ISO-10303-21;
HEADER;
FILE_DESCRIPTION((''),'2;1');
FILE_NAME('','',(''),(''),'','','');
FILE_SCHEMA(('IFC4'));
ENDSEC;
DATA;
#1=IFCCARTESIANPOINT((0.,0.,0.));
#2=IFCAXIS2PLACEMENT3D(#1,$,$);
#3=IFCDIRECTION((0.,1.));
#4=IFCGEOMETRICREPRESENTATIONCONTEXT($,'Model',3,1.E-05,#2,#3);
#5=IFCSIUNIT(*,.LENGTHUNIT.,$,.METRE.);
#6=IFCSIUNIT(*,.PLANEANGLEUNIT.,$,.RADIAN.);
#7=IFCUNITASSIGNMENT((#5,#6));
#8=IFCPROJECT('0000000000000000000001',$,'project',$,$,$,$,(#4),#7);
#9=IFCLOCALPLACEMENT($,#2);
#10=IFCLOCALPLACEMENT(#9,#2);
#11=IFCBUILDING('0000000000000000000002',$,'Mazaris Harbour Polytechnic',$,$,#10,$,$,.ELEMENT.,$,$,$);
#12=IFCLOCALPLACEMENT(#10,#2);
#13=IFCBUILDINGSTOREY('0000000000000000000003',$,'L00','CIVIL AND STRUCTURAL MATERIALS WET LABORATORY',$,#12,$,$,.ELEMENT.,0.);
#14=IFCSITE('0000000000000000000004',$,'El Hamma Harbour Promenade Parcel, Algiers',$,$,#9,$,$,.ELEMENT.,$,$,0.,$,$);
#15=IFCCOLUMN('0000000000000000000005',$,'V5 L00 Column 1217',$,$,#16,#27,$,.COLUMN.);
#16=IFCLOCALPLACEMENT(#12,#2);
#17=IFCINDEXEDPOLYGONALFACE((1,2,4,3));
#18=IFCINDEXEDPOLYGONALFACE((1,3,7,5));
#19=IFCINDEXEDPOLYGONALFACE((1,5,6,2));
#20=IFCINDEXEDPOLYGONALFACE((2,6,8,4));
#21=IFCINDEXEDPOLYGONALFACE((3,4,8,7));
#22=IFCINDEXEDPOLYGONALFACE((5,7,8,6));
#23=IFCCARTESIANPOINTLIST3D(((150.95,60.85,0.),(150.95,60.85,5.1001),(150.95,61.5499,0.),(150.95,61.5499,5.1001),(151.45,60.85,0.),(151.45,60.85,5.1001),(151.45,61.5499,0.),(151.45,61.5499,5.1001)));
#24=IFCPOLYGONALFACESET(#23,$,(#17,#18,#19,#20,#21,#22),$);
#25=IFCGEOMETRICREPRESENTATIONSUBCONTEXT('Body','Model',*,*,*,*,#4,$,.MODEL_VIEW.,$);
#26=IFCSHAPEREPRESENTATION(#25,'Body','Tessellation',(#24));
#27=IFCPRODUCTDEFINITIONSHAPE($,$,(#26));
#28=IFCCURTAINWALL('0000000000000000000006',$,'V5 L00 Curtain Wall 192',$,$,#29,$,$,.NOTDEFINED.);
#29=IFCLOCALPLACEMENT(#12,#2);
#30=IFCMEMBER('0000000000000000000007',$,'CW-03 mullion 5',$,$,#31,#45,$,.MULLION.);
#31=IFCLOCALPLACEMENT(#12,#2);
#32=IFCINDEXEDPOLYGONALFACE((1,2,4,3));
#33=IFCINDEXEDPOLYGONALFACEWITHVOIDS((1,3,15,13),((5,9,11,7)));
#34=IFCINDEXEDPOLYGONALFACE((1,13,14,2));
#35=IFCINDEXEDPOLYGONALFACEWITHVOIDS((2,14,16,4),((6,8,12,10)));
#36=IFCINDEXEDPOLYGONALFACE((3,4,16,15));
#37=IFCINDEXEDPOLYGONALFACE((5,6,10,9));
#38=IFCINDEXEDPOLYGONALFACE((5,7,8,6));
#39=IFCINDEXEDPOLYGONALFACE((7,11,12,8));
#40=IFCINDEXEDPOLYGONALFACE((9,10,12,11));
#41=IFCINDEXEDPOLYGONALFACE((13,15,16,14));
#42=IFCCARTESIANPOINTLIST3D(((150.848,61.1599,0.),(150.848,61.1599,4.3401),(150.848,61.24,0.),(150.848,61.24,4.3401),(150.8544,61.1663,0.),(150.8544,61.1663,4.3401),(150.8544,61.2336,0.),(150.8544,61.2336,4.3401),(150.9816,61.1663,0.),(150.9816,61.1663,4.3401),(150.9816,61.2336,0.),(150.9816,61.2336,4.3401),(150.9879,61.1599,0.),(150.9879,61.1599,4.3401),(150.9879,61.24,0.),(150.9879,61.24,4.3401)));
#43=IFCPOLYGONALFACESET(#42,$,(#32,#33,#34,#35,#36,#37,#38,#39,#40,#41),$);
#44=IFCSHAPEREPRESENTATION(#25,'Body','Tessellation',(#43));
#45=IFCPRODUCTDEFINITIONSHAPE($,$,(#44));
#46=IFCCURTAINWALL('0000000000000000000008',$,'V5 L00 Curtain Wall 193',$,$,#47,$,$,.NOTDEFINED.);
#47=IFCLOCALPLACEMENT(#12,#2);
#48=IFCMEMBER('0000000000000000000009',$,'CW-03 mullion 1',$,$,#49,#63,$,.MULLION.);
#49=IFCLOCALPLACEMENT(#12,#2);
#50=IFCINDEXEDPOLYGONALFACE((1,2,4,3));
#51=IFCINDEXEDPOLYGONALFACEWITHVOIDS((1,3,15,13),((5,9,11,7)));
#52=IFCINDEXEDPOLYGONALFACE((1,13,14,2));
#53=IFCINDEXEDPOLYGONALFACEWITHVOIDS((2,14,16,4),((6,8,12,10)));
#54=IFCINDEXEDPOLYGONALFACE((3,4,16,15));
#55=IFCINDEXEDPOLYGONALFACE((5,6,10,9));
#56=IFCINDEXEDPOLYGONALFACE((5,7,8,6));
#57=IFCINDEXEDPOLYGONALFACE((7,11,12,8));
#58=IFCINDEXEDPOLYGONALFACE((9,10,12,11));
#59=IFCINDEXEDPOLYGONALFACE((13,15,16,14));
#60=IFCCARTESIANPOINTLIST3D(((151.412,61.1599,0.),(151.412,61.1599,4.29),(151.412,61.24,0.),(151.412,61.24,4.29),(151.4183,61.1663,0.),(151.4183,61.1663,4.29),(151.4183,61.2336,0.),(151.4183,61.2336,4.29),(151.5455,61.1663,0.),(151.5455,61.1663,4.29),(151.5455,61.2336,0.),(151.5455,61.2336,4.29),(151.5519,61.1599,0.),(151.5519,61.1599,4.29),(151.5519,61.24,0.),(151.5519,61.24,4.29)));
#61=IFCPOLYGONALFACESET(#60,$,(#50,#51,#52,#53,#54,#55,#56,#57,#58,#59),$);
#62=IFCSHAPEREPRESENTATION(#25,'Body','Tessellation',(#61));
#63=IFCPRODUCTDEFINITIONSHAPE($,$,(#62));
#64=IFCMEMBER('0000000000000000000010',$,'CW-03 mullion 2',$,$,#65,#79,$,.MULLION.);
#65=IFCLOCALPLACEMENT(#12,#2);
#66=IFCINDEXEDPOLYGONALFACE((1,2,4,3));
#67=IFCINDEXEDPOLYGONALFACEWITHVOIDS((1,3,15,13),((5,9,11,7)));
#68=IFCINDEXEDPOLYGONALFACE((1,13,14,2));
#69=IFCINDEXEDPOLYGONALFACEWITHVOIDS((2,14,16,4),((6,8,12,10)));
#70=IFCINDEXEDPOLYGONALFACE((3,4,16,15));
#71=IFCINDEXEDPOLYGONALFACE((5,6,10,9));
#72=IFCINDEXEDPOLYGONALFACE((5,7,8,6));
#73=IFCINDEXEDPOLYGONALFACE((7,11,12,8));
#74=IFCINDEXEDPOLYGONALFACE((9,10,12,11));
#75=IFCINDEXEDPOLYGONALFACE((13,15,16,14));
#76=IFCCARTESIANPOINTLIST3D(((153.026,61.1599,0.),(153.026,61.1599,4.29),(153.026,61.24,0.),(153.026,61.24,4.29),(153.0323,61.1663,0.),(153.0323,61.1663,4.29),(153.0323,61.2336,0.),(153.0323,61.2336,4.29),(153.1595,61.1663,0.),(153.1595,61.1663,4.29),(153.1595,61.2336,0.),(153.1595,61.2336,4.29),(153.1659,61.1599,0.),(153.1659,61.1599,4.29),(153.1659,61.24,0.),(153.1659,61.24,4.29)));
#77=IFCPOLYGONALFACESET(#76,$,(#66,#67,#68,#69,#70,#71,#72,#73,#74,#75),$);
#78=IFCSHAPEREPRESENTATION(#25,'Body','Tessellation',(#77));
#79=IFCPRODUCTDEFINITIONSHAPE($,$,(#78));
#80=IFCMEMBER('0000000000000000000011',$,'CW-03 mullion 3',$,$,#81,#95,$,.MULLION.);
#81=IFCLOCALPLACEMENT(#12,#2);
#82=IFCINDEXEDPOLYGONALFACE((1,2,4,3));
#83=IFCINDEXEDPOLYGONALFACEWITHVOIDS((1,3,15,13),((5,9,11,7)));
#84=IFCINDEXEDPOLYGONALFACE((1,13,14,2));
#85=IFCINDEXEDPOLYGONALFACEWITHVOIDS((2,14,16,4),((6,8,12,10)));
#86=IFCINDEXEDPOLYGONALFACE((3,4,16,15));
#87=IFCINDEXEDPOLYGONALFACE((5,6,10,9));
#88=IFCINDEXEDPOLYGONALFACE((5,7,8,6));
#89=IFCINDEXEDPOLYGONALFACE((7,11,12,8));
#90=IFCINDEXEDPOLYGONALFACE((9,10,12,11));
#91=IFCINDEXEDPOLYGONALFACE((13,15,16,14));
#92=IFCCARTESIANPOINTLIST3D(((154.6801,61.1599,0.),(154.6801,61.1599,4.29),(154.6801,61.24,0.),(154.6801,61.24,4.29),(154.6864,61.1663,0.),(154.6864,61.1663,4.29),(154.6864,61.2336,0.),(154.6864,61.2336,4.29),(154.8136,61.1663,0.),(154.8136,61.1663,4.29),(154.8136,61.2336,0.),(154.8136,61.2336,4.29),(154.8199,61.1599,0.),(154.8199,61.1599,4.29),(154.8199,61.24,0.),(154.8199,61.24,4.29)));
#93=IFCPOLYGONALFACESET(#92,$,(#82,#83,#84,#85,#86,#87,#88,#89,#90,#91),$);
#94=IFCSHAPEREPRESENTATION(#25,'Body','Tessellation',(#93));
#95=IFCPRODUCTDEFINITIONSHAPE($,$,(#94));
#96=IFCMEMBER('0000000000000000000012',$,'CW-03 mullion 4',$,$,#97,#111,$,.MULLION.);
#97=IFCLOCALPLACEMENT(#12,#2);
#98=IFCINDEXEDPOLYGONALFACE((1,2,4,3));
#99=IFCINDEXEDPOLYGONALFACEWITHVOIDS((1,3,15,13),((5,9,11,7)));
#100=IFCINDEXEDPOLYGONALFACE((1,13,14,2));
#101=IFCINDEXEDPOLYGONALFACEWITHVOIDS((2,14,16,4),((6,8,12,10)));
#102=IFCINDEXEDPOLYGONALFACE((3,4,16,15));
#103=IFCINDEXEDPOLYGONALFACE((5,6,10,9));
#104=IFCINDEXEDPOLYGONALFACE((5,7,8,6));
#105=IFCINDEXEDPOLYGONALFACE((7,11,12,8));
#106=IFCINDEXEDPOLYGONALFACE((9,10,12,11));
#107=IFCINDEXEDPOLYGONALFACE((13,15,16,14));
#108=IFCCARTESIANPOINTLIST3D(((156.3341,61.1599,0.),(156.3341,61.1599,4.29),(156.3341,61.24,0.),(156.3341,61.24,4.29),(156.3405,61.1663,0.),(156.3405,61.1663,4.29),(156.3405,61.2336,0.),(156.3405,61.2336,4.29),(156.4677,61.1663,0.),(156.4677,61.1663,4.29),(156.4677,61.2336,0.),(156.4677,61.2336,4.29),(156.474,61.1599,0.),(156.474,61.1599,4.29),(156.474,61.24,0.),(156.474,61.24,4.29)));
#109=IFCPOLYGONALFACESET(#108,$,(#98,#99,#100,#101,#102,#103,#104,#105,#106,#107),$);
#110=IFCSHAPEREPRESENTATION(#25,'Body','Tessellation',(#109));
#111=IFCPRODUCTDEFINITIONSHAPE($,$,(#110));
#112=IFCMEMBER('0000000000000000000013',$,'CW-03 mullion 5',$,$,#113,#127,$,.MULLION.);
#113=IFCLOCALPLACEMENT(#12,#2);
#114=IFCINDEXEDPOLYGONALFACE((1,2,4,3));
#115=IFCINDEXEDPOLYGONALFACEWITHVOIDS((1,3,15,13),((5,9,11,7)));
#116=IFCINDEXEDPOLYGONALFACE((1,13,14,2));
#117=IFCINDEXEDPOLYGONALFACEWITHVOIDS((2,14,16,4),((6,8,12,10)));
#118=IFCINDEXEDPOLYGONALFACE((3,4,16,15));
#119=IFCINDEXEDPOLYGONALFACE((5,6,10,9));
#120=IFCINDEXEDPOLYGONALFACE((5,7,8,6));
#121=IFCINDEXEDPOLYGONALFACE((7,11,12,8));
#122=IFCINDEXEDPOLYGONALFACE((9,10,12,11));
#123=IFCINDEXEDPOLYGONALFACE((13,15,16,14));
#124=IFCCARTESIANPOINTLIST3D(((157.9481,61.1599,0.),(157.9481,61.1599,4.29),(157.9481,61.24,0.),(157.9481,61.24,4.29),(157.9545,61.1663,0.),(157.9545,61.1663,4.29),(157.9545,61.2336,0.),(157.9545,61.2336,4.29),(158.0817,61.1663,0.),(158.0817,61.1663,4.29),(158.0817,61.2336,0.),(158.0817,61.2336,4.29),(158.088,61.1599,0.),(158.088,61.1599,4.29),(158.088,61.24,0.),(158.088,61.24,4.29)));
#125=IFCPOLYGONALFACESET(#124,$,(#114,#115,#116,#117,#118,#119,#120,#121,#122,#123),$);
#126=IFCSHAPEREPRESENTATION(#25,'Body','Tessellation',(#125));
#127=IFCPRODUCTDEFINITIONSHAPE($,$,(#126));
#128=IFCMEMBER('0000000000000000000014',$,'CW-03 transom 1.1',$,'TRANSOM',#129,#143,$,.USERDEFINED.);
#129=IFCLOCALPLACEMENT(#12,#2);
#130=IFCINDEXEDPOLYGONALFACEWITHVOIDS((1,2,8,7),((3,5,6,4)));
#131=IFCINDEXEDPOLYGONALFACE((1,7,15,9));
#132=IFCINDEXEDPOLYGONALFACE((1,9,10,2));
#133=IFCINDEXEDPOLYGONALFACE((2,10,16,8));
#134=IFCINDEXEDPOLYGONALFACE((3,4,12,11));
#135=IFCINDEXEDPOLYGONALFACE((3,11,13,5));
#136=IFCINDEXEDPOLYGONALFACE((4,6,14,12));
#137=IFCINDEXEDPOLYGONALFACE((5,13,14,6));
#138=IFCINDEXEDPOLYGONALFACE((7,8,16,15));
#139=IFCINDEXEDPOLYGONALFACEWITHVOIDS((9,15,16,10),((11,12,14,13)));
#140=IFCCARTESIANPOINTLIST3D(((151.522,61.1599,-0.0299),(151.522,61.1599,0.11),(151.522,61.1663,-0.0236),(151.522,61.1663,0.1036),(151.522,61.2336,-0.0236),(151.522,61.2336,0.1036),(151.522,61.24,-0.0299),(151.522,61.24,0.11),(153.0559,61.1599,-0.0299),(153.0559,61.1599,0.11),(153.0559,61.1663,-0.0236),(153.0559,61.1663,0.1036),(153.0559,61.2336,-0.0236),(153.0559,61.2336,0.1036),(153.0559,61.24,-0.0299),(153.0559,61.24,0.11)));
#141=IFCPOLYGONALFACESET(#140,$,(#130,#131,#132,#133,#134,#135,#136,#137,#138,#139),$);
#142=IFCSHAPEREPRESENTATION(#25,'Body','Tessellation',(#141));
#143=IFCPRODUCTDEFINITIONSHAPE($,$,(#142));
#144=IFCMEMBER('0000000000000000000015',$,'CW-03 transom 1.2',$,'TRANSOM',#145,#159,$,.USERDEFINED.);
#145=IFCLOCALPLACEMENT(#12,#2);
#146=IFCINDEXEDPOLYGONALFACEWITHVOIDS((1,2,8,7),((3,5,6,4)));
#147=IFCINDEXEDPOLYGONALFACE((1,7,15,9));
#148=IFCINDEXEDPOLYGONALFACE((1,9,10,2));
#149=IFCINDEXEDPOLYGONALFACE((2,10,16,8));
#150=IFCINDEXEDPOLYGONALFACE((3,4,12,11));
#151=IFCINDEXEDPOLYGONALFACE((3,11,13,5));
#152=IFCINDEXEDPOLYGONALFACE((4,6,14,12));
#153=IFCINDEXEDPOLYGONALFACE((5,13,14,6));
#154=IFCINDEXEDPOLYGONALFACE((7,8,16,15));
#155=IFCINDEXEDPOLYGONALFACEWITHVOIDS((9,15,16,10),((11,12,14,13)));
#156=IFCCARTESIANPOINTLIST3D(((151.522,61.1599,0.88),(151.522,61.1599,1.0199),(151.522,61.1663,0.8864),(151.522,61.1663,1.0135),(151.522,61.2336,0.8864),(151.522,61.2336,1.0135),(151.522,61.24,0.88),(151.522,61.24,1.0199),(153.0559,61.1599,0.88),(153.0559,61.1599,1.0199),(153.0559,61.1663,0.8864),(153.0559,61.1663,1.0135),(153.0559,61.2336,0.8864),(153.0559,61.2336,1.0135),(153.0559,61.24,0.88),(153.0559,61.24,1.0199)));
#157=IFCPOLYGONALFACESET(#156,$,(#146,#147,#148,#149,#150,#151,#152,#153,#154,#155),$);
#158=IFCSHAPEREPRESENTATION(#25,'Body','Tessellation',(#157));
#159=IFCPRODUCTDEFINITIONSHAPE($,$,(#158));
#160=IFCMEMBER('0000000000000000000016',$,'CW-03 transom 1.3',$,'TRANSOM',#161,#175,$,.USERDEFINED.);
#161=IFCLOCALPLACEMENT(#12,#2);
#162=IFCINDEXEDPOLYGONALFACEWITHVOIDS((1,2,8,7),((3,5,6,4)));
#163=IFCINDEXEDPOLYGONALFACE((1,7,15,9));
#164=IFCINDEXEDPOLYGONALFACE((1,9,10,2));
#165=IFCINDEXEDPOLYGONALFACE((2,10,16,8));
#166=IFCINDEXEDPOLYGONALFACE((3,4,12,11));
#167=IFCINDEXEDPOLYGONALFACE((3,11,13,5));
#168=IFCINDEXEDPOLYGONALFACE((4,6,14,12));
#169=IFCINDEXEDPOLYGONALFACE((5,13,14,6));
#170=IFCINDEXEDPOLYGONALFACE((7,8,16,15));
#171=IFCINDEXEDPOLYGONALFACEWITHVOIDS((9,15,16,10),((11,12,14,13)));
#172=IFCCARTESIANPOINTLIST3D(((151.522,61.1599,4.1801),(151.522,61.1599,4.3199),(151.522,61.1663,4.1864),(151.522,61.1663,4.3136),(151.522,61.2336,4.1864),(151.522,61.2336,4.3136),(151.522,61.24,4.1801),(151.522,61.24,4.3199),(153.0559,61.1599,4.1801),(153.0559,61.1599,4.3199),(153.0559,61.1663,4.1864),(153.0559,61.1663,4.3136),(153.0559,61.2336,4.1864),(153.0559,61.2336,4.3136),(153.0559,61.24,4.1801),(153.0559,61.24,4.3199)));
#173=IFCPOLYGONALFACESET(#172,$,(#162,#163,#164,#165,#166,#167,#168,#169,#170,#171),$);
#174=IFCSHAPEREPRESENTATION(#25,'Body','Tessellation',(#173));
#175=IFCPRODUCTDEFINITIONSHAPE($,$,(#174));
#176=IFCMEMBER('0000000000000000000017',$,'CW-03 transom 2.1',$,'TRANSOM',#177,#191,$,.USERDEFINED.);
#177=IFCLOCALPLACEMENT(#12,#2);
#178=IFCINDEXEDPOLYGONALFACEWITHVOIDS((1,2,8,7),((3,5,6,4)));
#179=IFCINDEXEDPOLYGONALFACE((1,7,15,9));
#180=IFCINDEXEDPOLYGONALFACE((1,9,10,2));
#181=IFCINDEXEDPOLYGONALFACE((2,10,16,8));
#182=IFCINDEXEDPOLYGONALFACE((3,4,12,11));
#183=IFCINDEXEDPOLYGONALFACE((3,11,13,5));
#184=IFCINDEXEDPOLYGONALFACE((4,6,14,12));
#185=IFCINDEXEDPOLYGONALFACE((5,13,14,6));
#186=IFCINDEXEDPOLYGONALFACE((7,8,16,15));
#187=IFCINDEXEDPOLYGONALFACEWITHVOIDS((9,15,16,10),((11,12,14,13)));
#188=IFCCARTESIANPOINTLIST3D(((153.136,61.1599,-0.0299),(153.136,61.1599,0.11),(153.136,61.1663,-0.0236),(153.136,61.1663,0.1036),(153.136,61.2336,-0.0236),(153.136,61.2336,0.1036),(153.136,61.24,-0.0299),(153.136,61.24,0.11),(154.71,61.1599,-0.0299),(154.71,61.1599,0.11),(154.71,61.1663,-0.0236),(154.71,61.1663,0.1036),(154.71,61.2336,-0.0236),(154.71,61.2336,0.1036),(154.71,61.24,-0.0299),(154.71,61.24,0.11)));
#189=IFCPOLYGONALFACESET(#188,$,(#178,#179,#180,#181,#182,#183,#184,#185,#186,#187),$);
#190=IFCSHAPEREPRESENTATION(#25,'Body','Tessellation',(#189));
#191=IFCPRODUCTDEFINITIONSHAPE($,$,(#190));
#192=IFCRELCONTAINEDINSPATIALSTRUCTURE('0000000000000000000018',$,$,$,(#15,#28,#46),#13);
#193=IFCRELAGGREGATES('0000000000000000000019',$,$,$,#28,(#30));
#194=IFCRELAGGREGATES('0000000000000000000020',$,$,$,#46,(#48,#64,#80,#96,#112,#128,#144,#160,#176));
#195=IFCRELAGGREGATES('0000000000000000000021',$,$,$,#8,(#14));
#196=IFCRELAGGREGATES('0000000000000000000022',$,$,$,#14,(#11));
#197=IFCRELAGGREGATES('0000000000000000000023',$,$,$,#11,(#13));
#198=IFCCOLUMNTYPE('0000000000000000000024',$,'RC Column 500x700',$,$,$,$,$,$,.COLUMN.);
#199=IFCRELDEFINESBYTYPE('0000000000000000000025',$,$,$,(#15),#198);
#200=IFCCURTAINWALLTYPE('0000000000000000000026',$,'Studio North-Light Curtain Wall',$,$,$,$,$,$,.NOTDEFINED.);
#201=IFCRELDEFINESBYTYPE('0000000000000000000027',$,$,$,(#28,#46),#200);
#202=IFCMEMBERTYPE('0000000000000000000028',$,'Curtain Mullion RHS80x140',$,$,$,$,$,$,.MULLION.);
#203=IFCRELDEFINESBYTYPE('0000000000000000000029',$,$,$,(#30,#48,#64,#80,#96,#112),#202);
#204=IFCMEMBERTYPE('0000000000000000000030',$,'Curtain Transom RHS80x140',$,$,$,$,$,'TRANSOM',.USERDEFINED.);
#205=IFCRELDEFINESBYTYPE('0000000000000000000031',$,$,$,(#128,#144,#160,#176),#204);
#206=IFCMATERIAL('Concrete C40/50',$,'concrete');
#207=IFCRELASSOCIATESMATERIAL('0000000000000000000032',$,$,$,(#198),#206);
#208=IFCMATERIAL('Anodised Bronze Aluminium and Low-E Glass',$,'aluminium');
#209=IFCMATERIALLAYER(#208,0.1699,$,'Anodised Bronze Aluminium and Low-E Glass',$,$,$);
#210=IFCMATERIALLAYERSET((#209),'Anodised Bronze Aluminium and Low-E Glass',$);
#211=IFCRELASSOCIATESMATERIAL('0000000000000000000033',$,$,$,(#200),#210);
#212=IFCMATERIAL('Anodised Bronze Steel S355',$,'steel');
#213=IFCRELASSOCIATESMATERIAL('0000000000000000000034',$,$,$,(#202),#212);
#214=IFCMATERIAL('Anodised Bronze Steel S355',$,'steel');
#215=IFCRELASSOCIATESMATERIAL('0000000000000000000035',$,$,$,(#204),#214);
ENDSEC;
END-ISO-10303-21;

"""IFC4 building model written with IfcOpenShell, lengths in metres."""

from ifc_helpers import new_model, si_unit, direction, frame, origin, origin_2d, place, context, subcontext, project, spatial, rectangle, hollow_rectangle, extrude, material, layer, layer_set, material_profile, profile_set, type_object, element, aggregate, save


model = new_model("IFC4")

# Units and contexts
model_context = context("Model", 3, precision=1e-05, world=origin(), true_north=direction((0.0, 1.0)))
body_context = subcontext(model_context, "Body", "Model", "MODEL_VIEW")
ifc_project = project(units=[si_unit("LENGTHUNIT", "METRE"), si_unit("PLANEANGLEUNIT", "RADIAN")], contexts=[model_context])

# Site, building, storey
site_placement = place(None, origin())
site = spatial("IfcSite", under=ifc_project, at=site_placement, Name="El Hamma Harbour Promenade Parcel, Algiers", CompositionType="ELEMENT", RefElevation=0.0)
building_placement = place(site_placement, origin())
building = spatial("IfcBuilding", under=site, at=building_placement, Name="Mazaris Harbour Polytechnic", CompositionType="ELEMENT")
storey_placement = place(building_placement, origin())
storey = spatial("IfcBuildingStorey", under=building, at=storey_placement, Name="L00", Description="CIVIL AND STRUCTURAL MATERIALS WET LABORATORY", CompositionType="ELEMENT", Elevation=0.0)

# Column
ifc_material_1 = material(Name="Concrete C40/50", Category="concrete")
ifc_material_profile_1 = material_profile(ifc_material_1, rectangle(XDim=0.5, YDim=0.7, at=origin_2d()), Name="RECT500x700")
ifc_profile_set_1 = profile_set([ifc_material_profile_1], Name="Concrete C40/50")
column_type = type_object("IfcColumnType", Name="RC Column 500x700", PredefinedType="COLUMN", material=ifc_profile_set_1)
column_placement = place(storey_placement, frame((151.2, 61.2, 0.0), z_axis=(0.0, 0.0, 1.0), x_axis=(1.0, 0.0, 0.0)))
element("IfcColumn", 1, at=column_placement, inside=storey, type_object=column_type, Name="V5 L00 Column 1217", PredefinedType="COLUMN", context=body_context, shape_type="SweptSolid", body=[
    extrude(rectangle(XDim=0.5, YDim=0.7, at=origin_2d()), origin(), (0.0, 0.0, 1.0), 5.1001),
])

# Curtain wall, member
ifc_material_2 = material(Name="Anodised Bronze Aluminium and Low-E Glass", Category="aluminium")
ifc_layer_1 = layer(ifc_material_2, 0.1699, Name="Anodised Bronze Aluminium and Low-E Glass")
ifc_layer_set_1 = layer_set([ifc_layer_1], Name="Anodised Bronze Aluminium and Low-E Glass")
curtain_wall_type = type_object("IfcCurtainWallType", Name="Studio North-Light Curtain Wall", PredefinedType="NOTDEFINED", material=ifc_layer_set_1)
curtain_wall_1_placement = place(storey_placement, origin())
curtain_wall_1 = element("IfcCurtainWall", 2, at=curtain_wall_1_placement, inside=storey, type_object=curtain_wall_type, Name="V5 L00 Curtain Wall 192", PredefinedType="NOTDEFINED")
ifc_material_3 = material(Name="Anodised Bronze Steel S355", Category="steel")
ifc_material_profile_2 = material_profile(ifc_material_3, hollow_rectangle(XDim=0.0801, YDim=0.1399, WallThickness=0.0063, at=origin_2d()), Name="RHS 80x140x6.3")
ifc_profile_set_2 = profile_set([ifc_material_profile_2], Name="Anodised Bronze Steel S355")
member_type_1 = type_object("IfcMemberType", Name="Curtain Mullion RHS80x140", PredefinedType="MULLION", material=ifc_profile_set_2)
member_1_placement = place(storey_placement, frame((150.918, 61.2, 0.0), z_axis=(0.0, 0.0, 1.0), x_axis=(0.0, 1.0, 0.0)))
member_1 = element("IfcMember", 3, at=member_1_placement, type_object=member_type_1, Name="CW-03 mullion 5", PredefinedType="MULLION", context=body_context, shape_type="SweptSolid", body=[
    extrude(hollow_rectangle(XDim=0.0801, YDim=0.1399, WallThickness=0.0063, at=origin_2d()), origin(), (0.0, 0.0, 1.0), 4.3401),
])

# Curtain wall, members
curtain_wall_2_placement = place(storey_placement, origin())
curtain_wall_2 = element("IfcCurtainWall", 4, at=curtain_wall_2_placement, inside=storey, type_object=curtain_wall_type, Name="V5 L00 Curtain Wall 193", PredefinedType="NOTDEFINED")
member_2_placement = place(storey_placement, frame((151.4819, 61.2, 0.0), z_axis=(0.0, 0.0, 1.0), x_axis=(0.0, 1.0, 0.0)))
member_2 = element("IfcMember", 5, at=member_2_placement, type_object=member_type_1, Name="CW-03 mullion 1", PredefinedType="MULLION", context=body_context, shape_type="SweptSolid", body=[
    extrude(hollow_rectangle(XDim=0.0801, YDim=0.1399, WallThickness=0.0063, at=origin_2d()), origin(), (0.0, 0.0, 1.0), 4.29),
])
member_3_placement = place(storey_placement, frame((153.0959, 61.2, 0.0), z_axis=(0.0, 0.0, 1.0), x_axis=(0.0, 1.0, 0.0)))
member_3 = element("IfcMember", 6, at=member_3_placement, type_object=member_type_1, Name="CW-03 mullion 2", PredefinedType="MULLION", context=body_context, shape_type="SweptSolid", body=[
    extrude(hollow_rectangle(XDim=0.0801, YDim=0.1399, WallThickness=0.0063, at=origin_2d()), origin(), (0.0, 0.0, 1.0), 4.29),
])
member_4_placement = place(storey_placement, frame((154.75, 61.2, 0.0), z_axis=(0.0, 0.0, 1.0), x_axis=(0.0, 1.0, 0.0)))
member_4 = element("IfcMember", 7, at=member_4_placement, type_object=member_type_1, Name="CW-03 mullion 3", PredefinedType="MULLION", context=body_context, shape_type="SweptSolid", body=[
    extrude(hollow_rectangle(XDim=0.0801, YDim=0.1399, WallThickness=0.0063, at=origin_2d()), origin(), (0.0, 0.0, 1.0), 4.29),
])
member_5_placement = place(storey_placement, frame((156.4041, 61.2, 0.0), z_axis=(0.0, 0.0, 1.0), x_axis=(0.0, 1.0, 0.0)))
member_5 = element("IfcMember", 8, at=member_5_placement, type_object=member_type_1, Name="CW-03 mullion 4", PredefinedType="MULLION", context=body_context, shape_type="SweptSolid", body=[
    extrude(hollow_rectangle(XDim=0.0801, YDim=0.1399, WallThickness=0.0063, at=origin_2d()), origin(), (0.0, 0.0, 1.0), 4.29),
])
member_6_placement = place(storey_placement, frame((158.0181, 61.2, 0.0), z_axis=(0.0, 0.0, 1.0), x_axis=(0.0, 1.0, 0.0)))
member_6 = element("IfcMember", 9, at=member_6_placement, type_object=member_type_1, Name="CW-03 mullion 5", PredefinedType="MULLION", context=body_context, shape_type="SweptSolid", body=[
    extrude(hollow_rectangle(XDim=0.0801, YDim=0.1399, WallThickness=0.0063, at=origin_2d()), origin(), (0.0, 0.0, 1.0), 4.29),
])
ifc_material_4 = material(Name="Anodised Bronze Steel S355", Category="steel")
ifc_material_profile_3 = material_profile(ifc_material_4, hollow_rectangle(XDim=0.0801, YDim=0.1399, WallThickness=0.0063, at=origin_2d()), Name="RHS 80x140x6.3")
ifc_profile_set_3 = profile_set([ifc_material_profile_3], Name="Anodised Bronze Steel S355")
member_type_2 = type_object("IfcMemberType", Name="Curtain Transom RHS80x140", ElementType="TRANSOM", PredefinedType="USERDEFINED", material=ifc_profile_set_3)
member_7_placement = place(storey_placement, frame((151.522, 61.2, 0.04), z_axis=(1.0, 0.0, 0.0), x_axis=(0.0, 1.0, 0.0)))
member_7 = element("IfcMember", 10, at=member_7_placement, type_object=member_type_2, Name="CW-03 transom 1.1", ObjectType="TRANSOM", PredefinedType="USERDEFINED", context=body_context, shape_type="SweptSolid", body=[
    extrude(hollow_rectangle(XDim=0.0801, YDim=0.1399, WallThickness=0.0063, at=origin_2d()), origin(), (0.0, 0.0, 1.0), 1.5339),
])
member_8_placement = place(storey_placement, frame((151.522, 61.2, 0.95), z_axis=(1.0, 0.0, 0.0), x_axis=(0.0, 1.0, 0.0)))
member_8 = element("IfcMember", 11, at=member_8_placement, type_object=member_type_2, Name="CW-03 transom 1.2", ObjectType="TRANSOM", PredefinedType="USERDEFINED", context=body_context, shape_type="SweptSolid", body=[
    extrude(hollow_rectangle(XDim=0.0801, YDim=0.1399, WallThickness=0.0063, at=origin_2d()), origin(), (0.0, 0.0, 1.0), 1.5339),
])
member_9_placement = place(storey_placement, frame((151.522, 61.2, 4.25), z_axis=(1.0, 0.0, 0.0), x_axis=(0.0, 1.0, 0.0)))
member_9 = element("IfcMember", 12, at=member_9_placement, type_object=member_type_2, Name="CW-03 transom 1.3", ObjectType="TRANSOM", PredefinedType="USERDEFINED", context=body_context, shape_type="SweptSolid", body=[
    extrude(hollow_rectangle(XDim=0.0801, YDim=0.1399, WallThickness=0.0063, at=origin_2d()), origin(), (0.0, 0.0, 1.0), 1.5339),
])
member_10_placement = place(storey_placement, frame((153.136, 61.2, 0.04), z_axis=(1.0, 0.0, 0.0), x_axis=(0.0, 1.0, 0.0)))
member_10 = element("IfcMember", 13, at=member_10_placement, type_object=member_type_2, Name="CW-03 transom 2.1", ObjectType="TRANSOM", PredefinedType="USERDEFINED", context=body_context, shape_type="SweptSolid", body=[
    extrude(hollow_rectangle(XDim=0.0801, YDim=0.1399, WallThickness=0.0063, at=origin_2d()), origin(), (0.0, 0.0, 1.0), 1.574),
])

aggregate(curtain_wall_1, [member_1])
aggregate(curtain_wall_2, [member_2, member_3, member_4, member_5, member_6, member_7, member_8, member_9, member_10])

save(model, "model.ifc")
